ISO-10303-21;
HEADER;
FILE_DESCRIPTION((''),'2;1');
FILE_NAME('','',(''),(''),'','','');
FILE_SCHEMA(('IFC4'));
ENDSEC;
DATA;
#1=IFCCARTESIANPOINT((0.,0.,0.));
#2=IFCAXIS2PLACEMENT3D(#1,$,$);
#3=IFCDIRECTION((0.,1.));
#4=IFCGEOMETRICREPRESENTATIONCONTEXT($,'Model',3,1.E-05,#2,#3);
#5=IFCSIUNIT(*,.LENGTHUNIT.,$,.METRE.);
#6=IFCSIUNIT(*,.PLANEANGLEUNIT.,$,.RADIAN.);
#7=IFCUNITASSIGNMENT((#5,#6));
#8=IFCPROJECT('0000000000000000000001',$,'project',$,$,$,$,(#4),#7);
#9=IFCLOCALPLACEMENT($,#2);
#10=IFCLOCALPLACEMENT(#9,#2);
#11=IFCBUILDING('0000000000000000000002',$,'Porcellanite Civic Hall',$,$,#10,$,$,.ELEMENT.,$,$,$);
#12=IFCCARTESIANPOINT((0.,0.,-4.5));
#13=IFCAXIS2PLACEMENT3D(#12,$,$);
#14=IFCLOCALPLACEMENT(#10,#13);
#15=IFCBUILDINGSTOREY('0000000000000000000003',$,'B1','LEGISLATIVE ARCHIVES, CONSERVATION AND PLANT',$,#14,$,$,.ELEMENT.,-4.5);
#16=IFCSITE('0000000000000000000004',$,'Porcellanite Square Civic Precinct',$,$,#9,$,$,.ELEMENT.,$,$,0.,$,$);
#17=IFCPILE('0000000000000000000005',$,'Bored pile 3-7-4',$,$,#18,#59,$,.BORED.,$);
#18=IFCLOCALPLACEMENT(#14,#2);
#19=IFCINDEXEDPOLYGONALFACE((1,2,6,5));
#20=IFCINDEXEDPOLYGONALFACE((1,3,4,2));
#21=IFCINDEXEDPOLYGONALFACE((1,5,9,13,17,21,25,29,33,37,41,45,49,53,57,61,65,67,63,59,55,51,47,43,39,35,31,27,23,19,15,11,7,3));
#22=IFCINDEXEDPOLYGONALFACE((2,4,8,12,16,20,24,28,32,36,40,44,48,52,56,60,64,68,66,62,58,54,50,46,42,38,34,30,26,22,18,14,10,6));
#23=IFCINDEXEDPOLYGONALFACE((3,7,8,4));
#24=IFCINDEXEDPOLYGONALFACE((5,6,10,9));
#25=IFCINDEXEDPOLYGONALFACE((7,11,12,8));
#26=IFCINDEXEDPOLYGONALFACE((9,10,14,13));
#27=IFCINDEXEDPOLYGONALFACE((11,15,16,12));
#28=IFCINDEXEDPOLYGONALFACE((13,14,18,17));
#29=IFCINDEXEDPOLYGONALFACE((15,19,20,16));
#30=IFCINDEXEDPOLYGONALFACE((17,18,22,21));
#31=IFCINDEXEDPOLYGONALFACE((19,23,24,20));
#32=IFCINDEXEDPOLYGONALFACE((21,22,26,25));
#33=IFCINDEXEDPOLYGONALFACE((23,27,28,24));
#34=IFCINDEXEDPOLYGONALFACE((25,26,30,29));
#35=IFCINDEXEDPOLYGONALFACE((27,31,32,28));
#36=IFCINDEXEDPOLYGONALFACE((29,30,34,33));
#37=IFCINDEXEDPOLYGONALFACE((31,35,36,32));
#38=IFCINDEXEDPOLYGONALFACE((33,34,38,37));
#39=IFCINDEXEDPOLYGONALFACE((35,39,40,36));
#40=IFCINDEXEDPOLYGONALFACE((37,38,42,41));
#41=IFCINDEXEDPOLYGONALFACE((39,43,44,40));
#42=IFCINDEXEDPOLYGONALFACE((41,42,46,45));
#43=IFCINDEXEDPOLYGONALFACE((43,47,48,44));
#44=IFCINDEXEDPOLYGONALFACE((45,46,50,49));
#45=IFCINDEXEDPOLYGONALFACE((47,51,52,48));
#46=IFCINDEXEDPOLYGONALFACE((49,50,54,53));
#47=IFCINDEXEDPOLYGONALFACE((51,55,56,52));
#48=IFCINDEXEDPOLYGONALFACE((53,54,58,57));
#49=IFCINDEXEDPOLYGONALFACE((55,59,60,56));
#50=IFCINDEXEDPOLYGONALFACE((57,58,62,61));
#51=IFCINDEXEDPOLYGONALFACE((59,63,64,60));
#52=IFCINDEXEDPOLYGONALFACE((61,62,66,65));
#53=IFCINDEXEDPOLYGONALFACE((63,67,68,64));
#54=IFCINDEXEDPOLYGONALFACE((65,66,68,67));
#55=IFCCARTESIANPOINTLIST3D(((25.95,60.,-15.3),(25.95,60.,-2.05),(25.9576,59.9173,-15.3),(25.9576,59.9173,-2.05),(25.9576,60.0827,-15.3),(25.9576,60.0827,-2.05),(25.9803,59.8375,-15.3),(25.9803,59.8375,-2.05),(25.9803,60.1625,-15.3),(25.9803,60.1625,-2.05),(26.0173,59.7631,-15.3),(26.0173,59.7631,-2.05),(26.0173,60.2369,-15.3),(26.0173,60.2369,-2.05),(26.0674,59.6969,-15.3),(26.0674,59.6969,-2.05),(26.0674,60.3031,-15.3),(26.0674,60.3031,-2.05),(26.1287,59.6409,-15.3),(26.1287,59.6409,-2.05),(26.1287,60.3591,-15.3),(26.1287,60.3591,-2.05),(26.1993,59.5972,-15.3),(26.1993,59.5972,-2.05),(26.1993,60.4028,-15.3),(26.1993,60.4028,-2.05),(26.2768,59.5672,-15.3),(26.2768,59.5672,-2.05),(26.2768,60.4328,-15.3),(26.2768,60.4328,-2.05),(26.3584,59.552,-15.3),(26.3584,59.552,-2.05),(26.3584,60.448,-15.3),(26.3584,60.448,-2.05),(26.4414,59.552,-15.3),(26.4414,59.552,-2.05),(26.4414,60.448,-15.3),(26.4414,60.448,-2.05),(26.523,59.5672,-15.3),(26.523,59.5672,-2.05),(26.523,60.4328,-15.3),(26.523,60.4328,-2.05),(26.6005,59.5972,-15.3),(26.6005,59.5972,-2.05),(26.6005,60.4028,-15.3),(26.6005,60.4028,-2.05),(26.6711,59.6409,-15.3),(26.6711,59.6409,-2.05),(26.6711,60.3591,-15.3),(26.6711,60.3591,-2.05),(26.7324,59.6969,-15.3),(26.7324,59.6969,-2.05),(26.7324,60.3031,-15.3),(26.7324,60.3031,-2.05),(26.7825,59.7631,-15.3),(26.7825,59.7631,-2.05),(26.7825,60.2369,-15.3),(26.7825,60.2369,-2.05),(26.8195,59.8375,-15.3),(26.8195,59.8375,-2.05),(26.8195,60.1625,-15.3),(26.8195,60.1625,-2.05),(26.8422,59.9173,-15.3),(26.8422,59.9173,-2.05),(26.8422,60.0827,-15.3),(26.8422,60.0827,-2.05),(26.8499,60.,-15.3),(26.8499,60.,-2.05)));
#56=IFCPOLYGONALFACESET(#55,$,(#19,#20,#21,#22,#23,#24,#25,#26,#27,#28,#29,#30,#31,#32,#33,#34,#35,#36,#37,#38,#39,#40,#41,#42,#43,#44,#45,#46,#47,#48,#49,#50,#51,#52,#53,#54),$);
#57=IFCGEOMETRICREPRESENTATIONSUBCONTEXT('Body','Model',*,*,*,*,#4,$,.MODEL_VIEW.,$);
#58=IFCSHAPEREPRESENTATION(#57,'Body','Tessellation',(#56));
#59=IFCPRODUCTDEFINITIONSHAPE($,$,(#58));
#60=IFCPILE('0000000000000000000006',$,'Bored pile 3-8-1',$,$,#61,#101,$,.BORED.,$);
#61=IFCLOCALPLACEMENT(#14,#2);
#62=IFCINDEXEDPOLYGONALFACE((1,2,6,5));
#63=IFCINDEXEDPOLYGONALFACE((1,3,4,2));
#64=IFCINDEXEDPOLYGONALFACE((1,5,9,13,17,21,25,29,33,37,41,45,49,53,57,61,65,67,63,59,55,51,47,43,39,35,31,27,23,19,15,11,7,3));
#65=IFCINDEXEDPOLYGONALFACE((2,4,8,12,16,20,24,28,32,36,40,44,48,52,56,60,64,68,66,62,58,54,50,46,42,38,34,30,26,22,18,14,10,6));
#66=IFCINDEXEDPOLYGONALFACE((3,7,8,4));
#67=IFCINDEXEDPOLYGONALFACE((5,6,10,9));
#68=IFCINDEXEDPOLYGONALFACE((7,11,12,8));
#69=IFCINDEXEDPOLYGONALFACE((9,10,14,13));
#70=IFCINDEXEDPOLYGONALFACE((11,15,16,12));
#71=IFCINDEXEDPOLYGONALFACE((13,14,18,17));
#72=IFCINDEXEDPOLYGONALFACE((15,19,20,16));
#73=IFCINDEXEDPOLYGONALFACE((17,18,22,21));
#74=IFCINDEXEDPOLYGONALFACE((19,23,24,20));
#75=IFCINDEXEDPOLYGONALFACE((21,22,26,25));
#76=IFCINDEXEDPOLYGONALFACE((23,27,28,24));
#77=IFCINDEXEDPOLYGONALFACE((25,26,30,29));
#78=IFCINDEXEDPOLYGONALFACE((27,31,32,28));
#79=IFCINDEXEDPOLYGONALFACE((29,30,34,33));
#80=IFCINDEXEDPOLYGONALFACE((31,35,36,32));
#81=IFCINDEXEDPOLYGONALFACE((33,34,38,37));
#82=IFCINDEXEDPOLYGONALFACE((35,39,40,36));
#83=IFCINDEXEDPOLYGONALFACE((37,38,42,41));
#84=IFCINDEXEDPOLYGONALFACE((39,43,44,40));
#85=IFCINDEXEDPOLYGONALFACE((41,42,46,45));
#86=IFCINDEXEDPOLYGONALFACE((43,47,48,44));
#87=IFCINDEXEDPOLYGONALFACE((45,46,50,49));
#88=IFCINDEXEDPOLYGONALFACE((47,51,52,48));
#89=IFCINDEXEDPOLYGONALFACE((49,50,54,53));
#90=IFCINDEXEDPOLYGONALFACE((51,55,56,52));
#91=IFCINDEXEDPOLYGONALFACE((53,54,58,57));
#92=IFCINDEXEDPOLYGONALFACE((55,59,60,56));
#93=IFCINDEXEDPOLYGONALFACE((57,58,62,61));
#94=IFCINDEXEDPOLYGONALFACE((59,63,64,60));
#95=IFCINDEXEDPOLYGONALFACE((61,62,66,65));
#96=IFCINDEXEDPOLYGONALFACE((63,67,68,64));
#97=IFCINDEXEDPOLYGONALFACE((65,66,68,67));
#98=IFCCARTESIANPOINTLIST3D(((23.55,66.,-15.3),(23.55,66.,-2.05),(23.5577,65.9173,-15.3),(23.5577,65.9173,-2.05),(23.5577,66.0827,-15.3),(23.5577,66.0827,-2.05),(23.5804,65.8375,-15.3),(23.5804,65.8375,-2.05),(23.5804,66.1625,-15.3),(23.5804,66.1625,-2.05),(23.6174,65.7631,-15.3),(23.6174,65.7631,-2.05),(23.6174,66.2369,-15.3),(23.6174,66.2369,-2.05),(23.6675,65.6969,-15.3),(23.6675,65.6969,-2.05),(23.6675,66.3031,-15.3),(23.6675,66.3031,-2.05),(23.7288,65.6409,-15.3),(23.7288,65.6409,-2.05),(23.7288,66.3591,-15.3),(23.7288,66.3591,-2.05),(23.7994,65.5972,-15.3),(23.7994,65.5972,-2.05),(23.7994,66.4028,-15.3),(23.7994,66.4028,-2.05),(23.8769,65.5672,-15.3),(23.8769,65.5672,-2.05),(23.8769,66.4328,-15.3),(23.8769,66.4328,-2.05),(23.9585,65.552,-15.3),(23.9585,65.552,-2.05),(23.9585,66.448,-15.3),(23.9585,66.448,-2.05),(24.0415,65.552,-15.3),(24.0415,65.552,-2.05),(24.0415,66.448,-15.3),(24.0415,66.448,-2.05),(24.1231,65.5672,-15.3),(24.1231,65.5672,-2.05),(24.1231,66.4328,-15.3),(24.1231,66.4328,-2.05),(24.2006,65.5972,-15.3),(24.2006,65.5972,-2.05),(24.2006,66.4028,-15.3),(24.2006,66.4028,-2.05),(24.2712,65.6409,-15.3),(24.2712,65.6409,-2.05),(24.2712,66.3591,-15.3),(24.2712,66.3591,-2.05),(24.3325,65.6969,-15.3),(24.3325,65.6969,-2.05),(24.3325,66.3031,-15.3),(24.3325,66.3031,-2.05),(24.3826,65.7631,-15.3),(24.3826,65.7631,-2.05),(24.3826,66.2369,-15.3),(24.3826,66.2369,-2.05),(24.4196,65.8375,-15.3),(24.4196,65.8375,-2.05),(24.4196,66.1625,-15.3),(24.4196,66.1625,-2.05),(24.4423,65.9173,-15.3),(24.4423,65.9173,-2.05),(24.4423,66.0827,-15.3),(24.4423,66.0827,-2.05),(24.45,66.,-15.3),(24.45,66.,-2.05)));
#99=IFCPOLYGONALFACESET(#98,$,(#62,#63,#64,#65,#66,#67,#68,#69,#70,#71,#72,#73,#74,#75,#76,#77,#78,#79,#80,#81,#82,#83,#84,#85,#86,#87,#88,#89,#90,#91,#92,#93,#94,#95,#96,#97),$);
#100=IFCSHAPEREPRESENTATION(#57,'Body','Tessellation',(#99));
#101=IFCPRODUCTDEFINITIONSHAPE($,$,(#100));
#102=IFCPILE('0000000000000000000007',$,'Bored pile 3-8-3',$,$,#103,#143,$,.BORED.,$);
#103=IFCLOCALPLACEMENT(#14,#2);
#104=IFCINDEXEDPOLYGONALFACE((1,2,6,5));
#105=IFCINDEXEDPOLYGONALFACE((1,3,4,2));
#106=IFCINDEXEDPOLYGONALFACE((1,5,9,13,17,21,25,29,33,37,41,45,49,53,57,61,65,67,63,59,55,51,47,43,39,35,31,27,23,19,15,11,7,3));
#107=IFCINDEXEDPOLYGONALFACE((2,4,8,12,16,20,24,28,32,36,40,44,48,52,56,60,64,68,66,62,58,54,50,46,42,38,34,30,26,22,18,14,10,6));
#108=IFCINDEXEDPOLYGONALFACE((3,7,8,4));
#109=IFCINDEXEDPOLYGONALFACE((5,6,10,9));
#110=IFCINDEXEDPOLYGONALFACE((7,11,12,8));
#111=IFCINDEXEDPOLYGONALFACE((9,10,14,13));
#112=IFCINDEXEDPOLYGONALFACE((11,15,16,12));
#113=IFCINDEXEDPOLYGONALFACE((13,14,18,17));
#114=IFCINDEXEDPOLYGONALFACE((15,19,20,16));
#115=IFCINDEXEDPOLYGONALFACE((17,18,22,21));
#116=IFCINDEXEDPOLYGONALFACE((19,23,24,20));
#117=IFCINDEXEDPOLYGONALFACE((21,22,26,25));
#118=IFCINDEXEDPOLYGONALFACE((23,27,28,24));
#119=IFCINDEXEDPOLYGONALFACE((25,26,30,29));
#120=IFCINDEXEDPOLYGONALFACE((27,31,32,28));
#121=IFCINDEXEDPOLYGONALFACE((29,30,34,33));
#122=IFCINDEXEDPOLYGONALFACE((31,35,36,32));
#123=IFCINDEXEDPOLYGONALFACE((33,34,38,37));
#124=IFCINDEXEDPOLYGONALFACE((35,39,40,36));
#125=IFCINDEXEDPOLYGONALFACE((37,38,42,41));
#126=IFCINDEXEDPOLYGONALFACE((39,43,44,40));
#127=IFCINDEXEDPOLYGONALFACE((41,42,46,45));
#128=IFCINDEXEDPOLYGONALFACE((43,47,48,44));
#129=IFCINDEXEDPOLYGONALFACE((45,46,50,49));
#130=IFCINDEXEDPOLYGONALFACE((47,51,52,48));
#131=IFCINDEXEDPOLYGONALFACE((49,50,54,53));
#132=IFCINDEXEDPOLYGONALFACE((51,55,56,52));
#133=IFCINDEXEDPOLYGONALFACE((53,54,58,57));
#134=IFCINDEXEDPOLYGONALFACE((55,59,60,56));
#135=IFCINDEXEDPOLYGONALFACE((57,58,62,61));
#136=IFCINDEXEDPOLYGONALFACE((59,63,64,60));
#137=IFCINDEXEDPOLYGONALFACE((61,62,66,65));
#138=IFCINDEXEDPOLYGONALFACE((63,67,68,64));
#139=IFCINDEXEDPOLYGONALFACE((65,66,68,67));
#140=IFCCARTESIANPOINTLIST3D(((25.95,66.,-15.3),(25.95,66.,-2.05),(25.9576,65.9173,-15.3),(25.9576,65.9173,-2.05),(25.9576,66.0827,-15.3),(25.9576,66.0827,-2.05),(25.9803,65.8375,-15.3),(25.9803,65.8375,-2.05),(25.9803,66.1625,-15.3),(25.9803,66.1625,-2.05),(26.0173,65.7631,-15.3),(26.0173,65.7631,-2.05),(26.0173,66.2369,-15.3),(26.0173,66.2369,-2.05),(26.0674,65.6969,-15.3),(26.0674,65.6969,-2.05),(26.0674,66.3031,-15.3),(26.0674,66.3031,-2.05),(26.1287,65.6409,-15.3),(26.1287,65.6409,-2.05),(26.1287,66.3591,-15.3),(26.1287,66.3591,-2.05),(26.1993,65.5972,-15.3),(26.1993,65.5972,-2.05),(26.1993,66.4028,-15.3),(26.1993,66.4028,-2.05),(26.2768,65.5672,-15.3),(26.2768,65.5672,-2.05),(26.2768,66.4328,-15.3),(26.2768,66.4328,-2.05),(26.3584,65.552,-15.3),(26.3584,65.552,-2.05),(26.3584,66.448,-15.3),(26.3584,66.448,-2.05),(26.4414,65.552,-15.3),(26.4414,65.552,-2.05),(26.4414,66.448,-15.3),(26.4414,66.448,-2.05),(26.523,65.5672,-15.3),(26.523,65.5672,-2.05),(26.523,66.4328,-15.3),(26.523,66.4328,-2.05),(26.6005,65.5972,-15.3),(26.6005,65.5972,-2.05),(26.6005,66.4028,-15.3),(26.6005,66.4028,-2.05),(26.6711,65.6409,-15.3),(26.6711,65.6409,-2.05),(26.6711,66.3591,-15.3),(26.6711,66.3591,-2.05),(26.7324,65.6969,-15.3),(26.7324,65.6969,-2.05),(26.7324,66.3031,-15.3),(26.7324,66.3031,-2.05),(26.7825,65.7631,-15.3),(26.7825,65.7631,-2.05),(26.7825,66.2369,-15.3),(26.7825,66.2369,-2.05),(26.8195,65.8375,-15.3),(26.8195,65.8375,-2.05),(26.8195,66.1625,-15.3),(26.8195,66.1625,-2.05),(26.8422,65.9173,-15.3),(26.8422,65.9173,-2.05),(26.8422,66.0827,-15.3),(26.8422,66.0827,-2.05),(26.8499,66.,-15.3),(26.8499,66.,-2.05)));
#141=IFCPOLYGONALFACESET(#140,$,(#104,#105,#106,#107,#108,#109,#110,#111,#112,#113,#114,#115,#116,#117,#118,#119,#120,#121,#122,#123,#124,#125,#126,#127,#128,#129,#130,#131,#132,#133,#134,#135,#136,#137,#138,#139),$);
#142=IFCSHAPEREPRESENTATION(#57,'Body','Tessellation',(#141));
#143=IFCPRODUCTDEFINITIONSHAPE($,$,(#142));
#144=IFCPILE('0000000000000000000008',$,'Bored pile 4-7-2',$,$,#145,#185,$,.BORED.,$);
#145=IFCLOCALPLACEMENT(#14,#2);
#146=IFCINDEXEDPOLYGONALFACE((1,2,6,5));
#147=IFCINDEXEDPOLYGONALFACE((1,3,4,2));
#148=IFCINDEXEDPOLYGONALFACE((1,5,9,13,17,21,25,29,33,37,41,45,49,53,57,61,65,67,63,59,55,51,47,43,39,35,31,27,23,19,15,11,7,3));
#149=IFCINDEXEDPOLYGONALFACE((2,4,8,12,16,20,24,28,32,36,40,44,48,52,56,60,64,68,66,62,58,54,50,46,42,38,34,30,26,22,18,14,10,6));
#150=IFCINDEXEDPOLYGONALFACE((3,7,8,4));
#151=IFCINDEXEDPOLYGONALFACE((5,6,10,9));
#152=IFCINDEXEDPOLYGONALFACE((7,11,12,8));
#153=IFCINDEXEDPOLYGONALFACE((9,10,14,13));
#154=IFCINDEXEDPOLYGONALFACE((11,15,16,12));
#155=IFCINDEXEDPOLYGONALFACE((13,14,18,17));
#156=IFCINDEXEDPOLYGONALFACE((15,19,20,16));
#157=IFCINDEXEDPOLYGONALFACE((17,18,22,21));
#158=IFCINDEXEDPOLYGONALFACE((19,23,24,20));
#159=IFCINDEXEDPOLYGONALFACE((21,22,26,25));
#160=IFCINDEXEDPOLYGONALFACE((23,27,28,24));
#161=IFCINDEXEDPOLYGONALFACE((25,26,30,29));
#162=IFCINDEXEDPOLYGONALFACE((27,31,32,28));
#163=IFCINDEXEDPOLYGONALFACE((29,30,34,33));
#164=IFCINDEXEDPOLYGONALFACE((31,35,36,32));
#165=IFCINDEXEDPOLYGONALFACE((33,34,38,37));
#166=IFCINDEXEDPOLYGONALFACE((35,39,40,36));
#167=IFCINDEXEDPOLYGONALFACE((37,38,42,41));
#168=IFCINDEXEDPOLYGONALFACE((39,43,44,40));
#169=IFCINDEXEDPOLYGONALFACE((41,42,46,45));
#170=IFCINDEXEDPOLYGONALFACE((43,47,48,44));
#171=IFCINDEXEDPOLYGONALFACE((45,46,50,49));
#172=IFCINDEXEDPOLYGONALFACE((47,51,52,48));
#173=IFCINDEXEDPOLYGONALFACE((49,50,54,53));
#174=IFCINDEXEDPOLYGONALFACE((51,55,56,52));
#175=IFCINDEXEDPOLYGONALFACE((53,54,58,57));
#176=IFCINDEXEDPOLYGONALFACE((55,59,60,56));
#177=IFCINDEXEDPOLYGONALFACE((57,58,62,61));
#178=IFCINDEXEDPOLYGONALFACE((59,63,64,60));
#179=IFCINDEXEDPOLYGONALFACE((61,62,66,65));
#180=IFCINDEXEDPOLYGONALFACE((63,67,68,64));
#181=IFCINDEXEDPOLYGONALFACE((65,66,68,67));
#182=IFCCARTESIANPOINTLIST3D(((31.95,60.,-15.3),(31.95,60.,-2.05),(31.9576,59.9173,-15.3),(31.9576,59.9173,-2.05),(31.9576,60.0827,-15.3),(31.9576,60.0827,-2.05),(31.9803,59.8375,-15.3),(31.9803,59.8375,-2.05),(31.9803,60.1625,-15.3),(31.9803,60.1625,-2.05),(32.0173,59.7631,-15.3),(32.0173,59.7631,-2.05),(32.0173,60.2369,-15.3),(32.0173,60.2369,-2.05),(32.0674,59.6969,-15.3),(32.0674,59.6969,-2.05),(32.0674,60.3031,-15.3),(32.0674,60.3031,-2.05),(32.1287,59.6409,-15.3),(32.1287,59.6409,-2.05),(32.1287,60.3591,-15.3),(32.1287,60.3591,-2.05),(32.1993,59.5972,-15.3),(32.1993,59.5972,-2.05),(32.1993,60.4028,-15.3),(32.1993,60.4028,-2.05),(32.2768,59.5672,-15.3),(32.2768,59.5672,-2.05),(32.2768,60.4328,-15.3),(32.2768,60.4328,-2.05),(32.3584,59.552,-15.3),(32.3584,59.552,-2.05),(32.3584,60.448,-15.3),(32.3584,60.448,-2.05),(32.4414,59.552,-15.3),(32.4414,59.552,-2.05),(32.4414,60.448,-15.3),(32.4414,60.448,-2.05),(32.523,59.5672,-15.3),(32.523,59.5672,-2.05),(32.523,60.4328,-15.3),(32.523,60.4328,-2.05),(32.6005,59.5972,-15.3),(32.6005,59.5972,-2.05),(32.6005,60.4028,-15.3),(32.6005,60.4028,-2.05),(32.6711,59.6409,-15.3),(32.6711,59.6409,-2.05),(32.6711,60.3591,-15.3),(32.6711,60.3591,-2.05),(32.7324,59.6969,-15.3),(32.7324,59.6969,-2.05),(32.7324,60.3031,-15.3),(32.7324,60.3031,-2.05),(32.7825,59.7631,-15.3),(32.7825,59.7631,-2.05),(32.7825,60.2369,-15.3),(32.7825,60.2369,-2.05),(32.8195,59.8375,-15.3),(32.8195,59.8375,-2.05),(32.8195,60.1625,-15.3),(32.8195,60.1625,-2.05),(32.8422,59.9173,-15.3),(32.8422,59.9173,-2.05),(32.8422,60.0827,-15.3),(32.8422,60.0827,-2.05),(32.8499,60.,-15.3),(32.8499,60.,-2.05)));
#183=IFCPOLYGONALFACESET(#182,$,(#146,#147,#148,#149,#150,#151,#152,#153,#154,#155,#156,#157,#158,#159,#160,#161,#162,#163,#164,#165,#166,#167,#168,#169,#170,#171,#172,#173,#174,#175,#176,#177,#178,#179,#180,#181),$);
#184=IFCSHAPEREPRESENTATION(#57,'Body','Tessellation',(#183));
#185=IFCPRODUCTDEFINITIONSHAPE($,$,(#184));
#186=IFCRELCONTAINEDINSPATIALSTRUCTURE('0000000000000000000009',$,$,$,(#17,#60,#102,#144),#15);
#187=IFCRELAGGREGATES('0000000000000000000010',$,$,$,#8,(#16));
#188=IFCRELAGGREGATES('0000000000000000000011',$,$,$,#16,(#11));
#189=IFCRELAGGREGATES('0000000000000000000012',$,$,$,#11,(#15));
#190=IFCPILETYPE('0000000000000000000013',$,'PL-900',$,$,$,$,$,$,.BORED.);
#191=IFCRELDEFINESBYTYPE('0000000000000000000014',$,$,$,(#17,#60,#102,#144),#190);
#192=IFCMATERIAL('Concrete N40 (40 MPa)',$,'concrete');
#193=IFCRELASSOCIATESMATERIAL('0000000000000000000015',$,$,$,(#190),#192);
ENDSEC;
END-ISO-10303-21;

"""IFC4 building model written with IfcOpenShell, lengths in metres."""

from ifc_helpers import new_model, si_unit, direction, frame, origin, origin_2d, place, context, subcontext, project, spatial, circle, extrude, material, material_profile, profile_set, type_object, element, save


model = new_model("IFC4")

# Units and contexts
model_context = context("Model", 3, precision=1e-05, world=origin(), true_north=direction((0.0, 1.0)))
body_context = subcontext(model_context, "Body", "Model", "MODEL_VIEW")
ifc_project = project(units=[si_unit("LENGTHUNIT", "METRE"), si_unit("PLANEANGLEUNIT", "RADIAN")], contexts=[model_context])

# Site, building, storey
site_placement = place(None, origin())
site = spatial("IfcSite", under=ifc_project, at=site_placement, Name="Porcellanite Square Civic Precinct", CompositionType="ELEMENT", RefElevation=0.0)
building_placement = place(site_placement, origin())
building = spatial("IfcBuilding", under=site, at=building_placement, Name="Porcellanite Civic Hall", CompositionType="ELEMENT")
storey_placement = place(building_placement, frame((0.0, 0.0, -4.5)))
storey = spatial("IfcBuildingStorey", under=building, at=storey_placement, Name="B1", Description="LEGISLATIVE ARCHIVES, CONSERVATION AND PLANT", CompositionType="ELEMENT", Elevation=-4.5)

# Piles
ifc_material_1 = material(Name="Concrete N40 (40 MPa)", Category="concrete")
ifc_material_profile_1 = material_profile(ifc_material_1, circle(Radius=0.45, at=origin_2d()), Name="PILE-D900")
ifc_profile_set_1 = profile_set([ifc_material_profile_1], Name="Concrete N40 (40 MPa)")
pile_type = type_object("IfcPileType", Name="PL-900", PredefinedType="BORED", material=ifc_profile_set_1)
for number, where, z_axis, x_axis, name in (
    (1, (26.3999, 60.0, -2.05), (0.0, 0.0, -1.0), (1.0, 0.0, 0.0), "Bored pile 3-7-4"),
    (2, (24.0, 66.0, -2.05), (0.0, 0.0, -1.0), (1.0, 0.0, 0.0), "Bored pile 3-8-1"),
    (3, (26.3999, 66.0, -2.05), (0.0, 0.0, -1.0), (1.0, 0.0, 0.0), "Bored pile 3-8-3"),
    (4, (32.3999, 60.0, -2.05), (0.0, 0.0, -1.0), (1.0, 0.0, 0.0), "Bored pile 4-7-2"),
):
    element("IfcPile", number, at=place(storey_placement, frame(where, z_axis=z_axis, x_axis=x_axis)), inside=storey, type_object=pile_type, Name=name, PredefinedType="BORED", context=body_context, shape_type="SweptSolid", body=[
        extrude(circle(Radius=0.45, at=origin_2d()), origin(), (0.0, 0.0, 1.0), 13.25),
    ])

save(model, "model.ifc")
